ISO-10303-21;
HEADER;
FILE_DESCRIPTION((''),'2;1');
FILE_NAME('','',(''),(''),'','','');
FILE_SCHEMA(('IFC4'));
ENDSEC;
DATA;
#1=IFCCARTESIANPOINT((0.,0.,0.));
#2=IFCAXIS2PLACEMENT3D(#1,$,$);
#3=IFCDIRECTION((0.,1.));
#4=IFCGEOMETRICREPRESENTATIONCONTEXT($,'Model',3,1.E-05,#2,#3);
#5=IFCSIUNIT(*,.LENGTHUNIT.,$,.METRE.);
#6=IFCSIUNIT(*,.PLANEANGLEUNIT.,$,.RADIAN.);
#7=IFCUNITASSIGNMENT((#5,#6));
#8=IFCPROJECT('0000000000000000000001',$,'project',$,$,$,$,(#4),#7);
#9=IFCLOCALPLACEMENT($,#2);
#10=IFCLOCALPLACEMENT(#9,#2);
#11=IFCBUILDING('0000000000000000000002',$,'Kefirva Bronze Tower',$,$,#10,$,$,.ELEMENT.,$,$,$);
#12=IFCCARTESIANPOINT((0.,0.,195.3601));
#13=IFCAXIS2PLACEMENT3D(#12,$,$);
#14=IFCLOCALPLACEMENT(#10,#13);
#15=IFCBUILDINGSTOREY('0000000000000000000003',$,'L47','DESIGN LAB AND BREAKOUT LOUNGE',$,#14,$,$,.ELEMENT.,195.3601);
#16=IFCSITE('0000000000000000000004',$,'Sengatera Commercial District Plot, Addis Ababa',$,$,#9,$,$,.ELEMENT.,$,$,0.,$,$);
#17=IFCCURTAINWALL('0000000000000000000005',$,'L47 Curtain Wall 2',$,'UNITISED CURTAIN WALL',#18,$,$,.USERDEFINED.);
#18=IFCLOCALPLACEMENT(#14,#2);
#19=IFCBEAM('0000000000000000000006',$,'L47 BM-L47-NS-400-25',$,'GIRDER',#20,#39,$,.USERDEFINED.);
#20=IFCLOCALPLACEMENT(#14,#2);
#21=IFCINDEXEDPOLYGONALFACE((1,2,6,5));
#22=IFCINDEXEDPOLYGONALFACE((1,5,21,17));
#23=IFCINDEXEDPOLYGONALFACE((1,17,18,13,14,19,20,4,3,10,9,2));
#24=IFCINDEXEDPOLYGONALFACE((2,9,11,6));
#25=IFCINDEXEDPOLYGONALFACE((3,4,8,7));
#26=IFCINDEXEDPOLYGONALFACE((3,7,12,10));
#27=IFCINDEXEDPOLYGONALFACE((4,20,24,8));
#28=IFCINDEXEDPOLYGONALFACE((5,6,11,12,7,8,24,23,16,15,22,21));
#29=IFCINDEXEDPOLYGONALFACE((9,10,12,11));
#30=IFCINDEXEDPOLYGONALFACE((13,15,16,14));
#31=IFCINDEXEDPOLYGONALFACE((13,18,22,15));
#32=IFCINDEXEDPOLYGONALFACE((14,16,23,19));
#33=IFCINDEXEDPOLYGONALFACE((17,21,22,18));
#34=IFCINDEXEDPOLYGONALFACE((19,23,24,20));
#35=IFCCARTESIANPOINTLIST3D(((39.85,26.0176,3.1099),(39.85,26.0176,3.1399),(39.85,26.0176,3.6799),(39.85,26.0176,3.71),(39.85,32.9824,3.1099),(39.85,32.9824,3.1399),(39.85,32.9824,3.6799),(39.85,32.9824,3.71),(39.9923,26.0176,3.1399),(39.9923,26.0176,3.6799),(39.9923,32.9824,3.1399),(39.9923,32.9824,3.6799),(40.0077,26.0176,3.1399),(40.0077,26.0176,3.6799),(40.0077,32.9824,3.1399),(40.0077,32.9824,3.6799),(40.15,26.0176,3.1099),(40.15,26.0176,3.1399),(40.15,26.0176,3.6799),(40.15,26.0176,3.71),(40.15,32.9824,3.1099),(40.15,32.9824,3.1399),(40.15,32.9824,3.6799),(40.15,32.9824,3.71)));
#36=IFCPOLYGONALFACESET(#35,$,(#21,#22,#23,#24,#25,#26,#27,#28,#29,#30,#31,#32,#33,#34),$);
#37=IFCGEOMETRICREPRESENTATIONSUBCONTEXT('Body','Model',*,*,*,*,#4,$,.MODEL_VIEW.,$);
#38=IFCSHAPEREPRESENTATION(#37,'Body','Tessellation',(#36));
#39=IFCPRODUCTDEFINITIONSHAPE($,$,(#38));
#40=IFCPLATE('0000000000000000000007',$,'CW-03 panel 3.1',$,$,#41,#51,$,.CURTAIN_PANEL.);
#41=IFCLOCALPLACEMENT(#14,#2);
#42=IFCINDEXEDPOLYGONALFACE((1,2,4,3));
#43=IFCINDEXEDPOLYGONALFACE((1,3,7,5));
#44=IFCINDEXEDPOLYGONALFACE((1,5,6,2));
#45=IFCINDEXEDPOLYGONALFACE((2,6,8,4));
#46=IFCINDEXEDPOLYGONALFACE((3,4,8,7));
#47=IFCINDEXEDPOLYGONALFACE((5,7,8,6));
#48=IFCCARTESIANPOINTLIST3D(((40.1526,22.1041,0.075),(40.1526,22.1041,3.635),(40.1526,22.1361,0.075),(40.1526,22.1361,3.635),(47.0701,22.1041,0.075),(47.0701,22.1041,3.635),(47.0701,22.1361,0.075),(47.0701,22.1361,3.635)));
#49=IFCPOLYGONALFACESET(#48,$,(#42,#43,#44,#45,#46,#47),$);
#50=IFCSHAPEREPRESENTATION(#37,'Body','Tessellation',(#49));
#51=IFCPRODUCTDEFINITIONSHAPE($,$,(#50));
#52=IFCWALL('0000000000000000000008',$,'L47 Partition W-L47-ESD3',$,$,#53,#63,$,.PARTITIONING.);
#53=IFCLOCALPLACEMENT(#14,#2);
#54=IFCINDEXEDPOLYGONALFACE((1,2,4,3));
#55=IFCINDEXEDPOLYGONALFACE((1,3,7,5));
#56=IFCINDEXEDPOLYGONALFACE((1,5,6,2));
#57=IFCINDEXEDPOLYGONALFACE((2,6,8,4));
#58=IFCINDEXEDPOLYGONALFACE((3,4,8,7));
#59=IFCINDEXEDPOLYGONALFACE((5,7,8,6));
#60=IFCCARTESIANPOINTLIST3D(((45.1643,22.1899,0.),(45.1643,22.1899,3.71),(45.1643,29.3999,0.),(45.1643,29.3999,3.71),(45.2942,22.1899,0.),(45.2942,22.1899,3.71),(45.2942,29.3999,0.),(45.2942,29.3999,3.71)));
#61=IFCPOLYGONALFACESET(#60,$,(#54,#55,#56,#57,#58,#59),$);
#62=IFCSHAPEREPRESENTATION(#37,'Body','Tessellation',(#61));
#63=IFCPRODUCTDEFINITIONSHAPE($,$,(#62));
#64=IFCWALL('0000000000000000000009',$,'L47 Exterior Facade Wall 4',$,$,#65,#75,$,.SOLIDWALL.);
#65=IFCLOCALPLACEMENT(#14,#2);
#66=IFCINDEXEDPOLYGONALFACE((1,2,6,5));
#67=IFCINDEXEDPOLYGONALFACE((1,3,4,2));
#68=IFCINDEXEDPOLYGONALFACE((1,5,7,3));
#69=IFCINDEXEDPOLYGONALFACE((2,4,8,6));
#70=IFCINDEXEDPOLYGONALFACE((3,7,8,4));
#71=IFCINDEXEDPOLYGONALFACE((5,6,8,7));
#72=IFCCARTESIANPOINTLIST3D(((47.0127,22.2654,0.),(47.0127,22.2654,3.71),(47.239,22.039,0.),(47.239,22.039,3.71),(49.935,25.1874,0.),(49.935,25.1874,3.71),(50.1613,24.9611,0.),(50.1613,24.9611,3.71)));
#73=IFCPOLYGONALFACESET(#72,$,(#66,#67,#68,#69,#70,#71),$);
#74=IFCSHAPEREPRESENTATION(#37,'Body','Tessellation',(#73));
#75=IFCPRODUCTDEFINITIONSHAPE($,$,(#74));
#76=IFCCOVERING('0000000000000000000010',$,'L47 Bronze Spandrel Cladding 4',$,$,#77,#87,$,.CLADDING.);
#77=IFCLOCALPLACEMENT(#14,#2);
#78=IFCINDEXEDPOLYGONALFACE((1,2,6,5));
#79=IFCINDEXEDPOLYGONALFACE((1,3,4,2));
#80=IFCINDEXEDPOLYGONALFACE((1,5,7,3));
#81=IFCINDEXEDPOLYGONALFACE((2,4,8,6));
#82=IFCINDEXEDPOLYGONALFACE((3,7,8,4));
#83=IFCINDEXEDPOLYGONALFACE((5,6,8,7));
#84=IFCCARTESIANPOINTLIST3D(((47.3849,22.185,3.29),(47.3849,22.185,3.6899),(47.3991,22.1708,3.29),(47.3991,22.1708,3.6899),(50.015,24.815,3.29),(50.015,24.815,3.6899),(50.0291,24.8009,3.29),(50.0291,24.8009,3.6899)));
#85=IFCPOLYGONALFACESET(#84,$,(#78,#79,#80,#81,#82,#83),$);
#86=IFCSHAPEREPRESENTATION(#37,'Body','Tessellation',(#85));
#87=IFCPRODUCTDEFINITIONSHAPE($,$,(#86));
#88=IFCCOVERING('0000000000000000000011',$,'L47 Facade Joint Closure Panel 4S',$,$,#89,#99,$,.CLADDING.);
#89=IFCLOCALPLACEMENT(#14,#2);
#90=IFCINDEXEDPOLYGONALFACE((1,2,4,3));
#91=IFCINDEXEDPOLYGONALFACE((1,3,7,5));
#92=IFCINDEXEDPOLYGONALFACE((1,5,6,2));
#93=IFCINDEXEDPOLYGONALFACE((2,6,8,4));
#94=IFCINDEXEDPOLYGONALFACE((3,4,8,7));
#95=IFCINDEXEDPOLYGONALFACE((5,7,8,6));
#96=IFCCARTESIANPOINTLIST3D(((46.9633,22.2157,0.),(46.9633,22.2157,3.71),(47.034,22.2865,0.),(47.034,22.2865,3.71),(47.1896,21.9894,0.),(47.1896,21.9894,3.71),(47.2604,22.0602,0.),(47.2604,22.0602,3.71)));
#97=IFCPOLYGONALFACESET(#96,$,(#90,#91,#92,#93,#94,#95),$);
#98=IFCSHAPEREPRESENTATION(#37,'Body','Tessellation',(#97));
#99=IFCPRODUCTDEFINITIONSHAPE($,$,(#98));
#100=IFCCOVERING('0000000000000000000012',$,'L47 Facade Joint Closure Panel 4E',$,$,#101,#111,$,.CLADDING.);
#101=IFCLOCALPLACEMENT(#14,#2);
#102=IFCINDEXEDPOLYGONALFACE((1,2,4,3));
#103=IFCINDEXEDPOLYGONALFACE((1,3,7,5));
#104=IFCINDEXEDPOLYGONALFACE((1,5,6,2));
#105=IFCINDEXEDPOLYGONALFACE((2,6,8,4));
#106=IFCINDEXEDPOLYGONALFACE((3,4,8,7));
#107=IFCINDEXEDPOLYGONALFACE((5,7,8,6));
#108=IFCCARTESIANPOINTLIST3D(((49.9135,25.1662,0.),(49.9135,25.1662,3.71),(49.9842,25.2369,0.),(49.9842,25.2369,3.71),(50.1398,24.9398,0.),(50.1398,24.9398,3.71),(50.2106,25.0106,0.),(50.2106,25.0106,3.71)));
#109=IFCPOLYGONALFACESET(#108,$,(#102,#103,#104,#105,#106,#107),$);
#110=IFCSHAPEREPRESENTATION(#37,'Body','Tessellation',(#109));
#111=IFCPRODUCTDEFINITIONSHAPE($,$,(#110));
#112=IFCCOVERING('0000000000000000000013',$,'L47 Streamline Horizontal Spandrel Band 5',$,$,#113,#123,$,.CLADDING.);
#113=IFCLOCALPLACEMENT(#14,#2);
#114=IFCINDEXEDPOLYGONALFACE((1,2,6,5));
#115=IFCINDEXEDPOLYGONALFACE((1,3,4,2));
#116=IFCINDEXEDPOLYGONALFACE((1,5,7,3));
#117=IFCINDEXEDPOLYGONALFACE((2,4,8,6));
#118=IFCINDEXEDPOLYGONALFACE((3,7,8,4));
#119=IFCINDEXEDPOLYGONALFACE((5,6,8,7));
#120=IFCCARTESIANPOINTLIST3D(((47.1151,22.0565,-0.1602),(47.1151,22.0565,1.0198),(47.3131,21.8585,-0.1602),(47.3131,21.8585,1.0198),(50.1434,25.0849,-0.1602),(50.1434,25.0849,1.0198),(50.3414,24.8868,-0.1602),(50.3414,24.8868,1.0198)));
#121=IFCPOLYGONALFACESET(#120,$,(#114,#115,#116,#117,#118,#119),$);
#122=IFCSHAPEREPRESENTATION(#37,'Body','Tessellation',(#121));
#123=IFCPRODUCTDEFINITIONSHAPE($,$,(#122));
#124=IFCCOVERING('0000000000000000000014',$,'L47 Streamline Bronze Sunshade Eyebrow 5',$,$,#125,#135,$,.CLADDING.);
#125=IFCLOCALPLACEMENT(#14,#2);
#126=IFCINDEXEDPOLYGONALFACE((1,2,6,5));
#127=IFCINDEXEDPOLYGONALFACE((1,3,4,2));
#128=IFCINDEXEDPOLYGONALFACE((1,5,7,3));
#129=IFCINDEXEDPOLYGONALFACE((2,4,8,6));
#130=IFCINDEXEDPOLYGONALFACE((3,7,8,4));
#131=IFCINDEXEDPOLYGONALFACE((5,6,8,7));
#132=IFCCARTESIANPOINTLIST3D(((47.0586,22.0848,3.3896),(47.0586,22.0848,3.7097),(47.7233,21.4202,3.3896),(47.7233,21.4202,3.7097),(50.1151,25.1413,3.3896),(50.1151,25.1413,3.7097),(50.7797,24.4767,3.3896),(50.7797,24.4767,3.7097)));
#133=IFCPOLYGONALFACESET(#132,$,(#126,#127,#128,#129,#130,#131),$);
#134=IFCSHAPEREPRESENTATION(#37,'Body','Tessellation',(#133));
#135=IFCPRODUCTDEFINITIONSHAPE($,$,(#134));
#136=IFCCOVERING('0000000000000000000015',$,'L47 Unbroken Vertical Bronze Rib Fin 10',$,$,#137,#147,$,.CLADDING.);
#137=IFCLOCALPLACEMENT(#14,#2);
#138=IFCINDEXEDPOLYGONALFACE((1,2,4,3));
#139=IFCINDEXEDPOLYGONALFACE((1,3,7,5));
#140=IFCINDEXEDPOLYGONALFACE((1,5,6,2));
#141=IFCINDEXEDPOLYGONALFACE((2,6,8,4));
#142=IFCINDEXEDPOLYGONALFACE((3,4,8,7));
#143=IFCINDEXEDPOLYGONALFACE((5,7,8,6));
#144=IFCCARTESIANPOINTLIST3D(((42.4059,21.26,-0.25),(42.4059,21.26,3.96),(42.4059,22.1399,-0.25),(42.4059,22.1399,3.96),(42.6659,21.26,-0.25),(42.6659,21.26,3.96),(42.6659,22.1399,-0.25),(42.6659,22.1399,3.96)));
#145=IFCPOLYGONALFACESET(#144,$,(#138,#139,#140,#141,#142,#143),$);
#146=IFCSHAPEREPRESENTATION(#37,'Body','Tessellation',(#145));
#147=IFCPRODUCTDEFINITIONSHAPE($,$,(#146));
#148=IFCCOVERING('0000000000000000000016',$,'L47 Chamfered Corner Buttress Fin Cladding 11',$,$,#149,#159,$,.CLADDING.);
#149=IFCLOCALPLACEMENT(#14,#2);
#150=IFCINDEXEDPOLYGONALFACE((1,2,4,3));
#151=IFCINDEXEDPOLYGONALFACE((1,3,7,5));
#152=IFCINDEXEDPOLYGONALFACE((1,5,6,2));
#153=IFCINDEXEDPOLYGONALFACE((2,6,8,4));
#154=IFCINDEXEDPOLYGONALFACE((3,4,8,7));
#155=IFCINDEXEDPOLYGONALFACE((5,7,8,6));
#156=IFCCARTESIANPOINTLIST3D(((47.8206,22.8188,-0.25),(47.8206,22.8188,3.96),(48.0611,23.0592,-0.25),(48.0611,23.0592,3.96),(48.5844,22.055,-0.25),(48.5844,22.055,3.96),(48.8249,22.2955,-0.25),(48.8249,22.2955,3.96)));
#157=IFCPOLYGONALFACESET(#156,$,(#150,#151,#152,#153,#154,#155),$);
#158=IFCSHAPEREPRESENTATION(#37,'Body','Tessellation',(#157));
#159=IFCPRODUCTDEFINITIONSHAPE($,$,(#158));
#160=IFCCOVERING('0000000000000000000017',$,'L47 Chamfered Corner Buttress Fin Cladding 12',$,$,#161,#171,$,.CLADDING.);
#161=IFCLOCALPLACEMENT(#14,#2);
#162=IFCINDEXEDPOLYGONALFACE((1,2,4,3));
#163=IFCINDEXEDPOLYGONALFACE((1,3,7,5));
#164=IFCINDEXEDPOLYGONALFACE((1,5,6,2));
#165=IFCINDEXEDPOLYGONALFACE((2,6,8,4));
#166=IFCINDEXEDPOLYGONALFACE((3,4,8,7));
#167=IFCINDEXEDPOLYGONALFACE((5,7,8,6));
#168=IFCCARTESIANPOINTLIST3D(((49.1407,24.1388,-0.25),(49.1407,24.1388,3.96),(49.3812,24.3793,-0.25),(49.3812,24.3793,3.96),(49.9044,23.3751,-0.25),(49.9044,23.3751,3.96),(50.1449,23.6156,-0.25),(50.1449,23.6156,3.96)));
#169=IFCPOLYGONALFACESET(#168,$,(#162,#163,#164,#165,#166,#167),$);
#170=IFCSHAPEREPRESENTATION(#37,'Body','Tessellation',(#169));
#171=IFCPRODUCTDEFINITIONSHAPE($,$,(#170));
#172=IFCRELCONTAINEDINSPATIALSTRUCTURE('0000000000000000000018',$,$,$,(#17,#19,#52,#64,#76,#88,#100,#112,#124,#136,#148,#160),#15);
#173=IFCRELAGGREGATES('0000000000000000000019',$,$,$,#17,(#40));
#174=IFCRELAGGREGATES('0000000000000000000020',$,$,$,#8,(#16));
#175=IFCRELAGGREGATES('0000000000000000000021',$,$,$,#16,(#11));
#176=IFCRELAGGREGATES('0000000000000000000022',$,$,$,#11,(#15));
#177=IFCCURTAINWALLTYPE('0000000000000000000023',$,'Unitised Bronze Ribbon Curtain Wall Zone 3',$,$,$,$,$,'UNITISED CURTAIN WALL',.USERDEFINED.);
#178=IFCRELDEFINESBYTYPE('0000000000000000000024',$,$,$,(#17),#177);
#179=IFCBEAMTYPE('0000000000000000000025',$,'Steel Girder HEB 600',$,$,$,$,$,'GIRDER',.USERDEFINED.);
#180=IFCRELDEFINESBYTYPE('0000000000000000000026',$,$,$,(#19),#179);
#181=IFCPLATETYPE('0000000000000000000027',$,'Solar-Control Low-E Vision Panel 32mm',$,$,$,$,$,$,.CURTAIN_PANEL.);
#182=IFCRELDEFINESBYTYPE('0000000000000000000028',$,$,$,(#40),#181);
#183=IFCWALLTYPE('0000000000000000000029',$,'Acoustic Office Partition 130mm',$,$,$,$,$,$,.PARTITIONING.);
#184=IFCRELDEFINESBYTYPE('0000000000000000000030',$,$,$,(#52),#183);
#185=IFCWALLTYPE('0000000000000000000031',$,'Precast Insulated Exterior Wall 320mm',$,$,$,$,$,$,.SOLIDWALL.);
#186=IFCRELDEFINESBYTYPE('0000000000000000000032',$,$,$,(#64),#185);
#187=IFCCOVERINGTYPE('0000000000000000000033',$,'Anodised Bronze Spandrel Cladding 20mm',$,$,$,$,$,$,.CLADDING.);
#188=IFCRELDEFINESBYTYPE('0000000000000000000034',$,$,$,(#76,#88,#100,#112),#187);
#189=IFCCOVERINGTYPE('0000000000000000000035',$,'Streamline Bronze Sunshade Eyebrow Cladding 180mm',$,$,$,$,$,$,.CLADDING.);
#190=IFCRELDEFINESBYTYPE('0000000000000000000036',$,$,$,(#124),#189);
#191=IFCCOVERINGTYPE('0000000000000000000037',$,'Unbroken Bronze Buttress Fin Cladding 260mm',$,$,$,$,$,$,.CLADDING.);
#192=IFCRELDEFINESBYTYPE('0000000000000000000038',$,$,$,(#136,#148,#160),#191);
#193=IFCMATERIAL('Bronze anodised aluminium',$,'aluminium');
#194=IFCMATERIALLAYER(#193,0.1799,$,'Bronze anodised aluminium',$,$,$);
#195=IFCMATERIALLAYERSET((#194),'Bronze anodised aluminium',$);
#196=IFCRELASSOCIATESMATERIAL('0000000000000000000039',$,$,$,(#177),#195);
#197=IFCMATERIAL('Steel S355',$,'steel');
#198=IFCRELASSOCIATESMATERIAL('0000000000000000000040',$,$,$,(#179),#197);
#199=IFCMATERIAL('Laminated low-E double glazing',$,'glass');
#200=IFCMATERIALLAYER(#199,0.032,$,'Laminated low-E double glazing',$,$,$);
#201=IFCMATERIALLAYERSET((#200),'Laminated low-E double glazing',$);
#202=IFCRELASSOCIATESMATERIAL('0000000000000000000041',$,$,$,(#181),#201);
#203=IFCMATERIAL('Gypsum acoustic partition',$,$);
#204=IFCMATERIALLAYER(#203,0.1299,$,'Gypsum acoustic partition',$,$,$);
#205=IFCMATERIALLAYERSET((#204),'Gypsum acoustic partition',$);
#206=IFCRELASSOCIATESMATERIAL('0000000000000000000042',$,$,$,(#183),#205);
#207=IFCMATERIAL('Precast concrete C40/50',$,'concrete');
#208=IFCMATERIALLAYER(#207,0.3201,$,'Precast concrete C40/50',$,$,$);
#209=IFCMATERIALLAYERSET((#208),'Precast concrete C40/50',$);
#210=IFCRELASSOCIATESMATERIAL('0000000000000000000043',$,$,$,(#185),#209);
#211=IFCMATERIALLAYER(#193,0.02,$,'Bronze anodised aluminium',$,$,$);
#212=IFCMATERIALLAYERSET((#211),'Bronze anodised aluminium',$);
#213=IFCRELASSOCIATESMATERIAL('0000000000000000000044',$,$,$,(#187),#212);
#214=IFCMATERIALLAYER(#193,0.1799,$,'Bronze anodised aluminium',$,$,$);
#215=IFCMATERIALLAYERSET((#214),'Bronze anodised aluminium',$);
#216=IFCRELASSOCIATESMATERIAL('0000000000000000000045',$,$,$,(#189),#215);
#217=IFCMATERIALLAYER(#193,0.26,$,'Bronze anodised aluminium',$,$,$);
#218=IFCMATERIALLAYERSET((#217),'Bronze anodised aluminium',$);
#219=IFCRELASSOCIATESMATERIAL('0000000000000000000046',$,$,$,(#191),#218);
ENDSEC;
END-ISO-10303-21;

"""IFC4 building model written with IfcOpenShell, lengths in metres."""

from ifc_helpers import new_model, si_unit, direction, frame, frame_2d, origin, origin_2d, place, context, subcontext, project, spatial, rectangle, i_section, extrude, material, layer, layer_set, material_profile, profile_set, type_object, element, aggregate, save


model = new_model("IFC4")

# Units and contexts
model_context = context("Model", 3, precision=1e-05, world=origin(), true_north=direction((0.0, 1.0)))
body_context = subcontext(model_context, "Body", "Model", "MODEL_VIEW")
ifc_project = project(units=[si_unit("LENGTHUNIT", "METRE"), si_unit("PLANEANGLEUNIT", "RADIAN")], contexts=[model_context])

# Site, building, storey
site_placement = place(None, origin())
site = spatial("IfcSite", under=ifc_project, at=site_placement, Name="Sengatera Commercial District Plot, Addis Ababa", CompositionType="ELEMENT", RefElevation=0.0)
building_placement = place(site_placement, origin())
building = spatial("IfcBuilding", under=site, at=building_placement, Name="Kefirva Bronze Tower", CompositionType="ELEMENT")
storey_placement = place(building_placement, frame((0.0, 0.0, 195.3601)))
storey = spatial("IfcBuildingStorey", under=building, at=storey_placement, Name="L47", Description="DESIGN LAB AND BREAKOUT LOUNGE", CompositionType="ELEMENT", Elevation=195.3601)

# Curtain wall
ifc_material_1 = material(Name="Bronze anodised aluminium", Category="aluminium")
ifc_layer_1 = layer(ifc_material_1, 0.1799, Name="Bronze anodised aluminium")
ifc_layer_set_1 = layer_set([ifc_layer_1], Name="Bronze anodised aluminium")
curtain_wall_type = type_object("IfcCurtainWallType", Name="Unitised Bronze Ribbon Curtain Wall Zone 3", ElementType="UNITISED CURTAIN WALL", PredefinedType="USERDEFINED", material=ifc_layer_set_1)
curtain_wall_1_placement = place(storey_placement, origin())
curtain_wall_1 = element("IfcCurtainWall", 1, at=curtain_wall_1_placement, inside=storey, type_object=curtain_wall_type, Name="L47 Curtain Wall 2", ObjectType="UNITISED CURTAIN WALL", PredefinedType="USERDEFINED")

# Beam
ifc_material_2 = material(Name="Steel S355", Category="steel")
ifc_material_profile_1 = material_profile(ifc_material_2, i_section(OverallWidth=0.3, OverallDepth=0.6001, WebThickness=0.0154, FlangeThickness=0.03, at=origin_2d()), Name="HEB 600")
ifc_profile_set_1 = profile_set([ifc_material_profile_1], Name="Steel S355")
beam_type = type_object("IfcBeamType", Name="Steel Girder HEB 600", ElementType="GIRDER", PredefinedType="USERDEFINED", material=ifc_profile_set_1)
beam_1_placement = place(storey_placement, frame((40.0, 26.0176, 3.4099), z_axis=(0.0, 1.0, 0.0), x_axis=(-1.0, 0.0, 0.0)))
element("IfcBeam", 2, at=beam_1_placement, inside=storey, type_object=beam_type, Name="L47 BM-L47-NS-400-25", ObjectType="GIRDER", PredefinedType="USERDEFINED", context=body_context, shape_type="SweptSolid", body=[
    extrude(i_section(OverallWidth=0.3, OverallDepth=0.6001, WebThickness=0.0154, FlangeThickness=0.03, at=origin_2d()), origin(), (0.0, 0.0, 1.0), 6.9648),
])

# Plate
ifc_material_3 = material(Name="Laminated low-E double glazing", Category="glass")
ifc_layer_2 = layer(ifc_material_3, 0.032, Name="Laminated low-E double glazing")
ifc_layer_set_2 = layer_set([ifc_layer_2], Name="Laminated low-E double glazing")
plate_type = type_object("IfcPlateType", Name="Solar-Control Low-E Vision Panel 32mm", PredefinedType="CURTAIN_PANEL", material=ifc_layer_set_2)
plate_placement = place(storey_placement, frame((43.6113, 22.1201, 0.075), z_axis=(0.0, 0.0, 1.0), x_axis=(1.0, 0.0, 0.0)))
plate = element("IfcPlate", 3, at=plate_placement, type_object=plate_type, Name="CW-03 panel 3.1", PredefinedType="CURTAIN_PANEL", context=body_context, shape_type="SweptSolid", body=[
    extrude(rectangle(XDim=6.9175, YDim=0.032, at=origin_2d()), origin(), (0.0, 0.0, 1.0), 3.5601),
])
aggregate(curtain_wall_1, [plate])

# Walls
ifc_material_4 = material(Name="Gypsum acoustic partition")
ifc_layer_3 = layer(ifc_material_4, 0.1299, Name="Gypsum acoustic partition")
ifc_layer_set_3 = layer_set([ifc_layer_3], Name="Gypsum acoustic partition")
wall_type_1 = type_object("IfcWallType", Name="Acoustic Office Partition 130mm", PredefinedType="PARTITIONING", material=ifc_layer_set_3)
wall_1_placement = place(storey_placement, frame((45.2292, 22.1899, 0.0), z_axis=(0.0, 0.0, 1.0), x_axis=(0.0, 1.0, 0.0)))
element("IfcWall", 4, at=wall_1_placement, inside=storey, type_object=wall_type_1, Name="L47 Partition W-L47-ESD3", PredefinedType="PARTITIONING", context=body_context, shape_type="SweptSolid", body=[
    extrude(rectangle(XDim=7.21, YDim=0.1299, at=frame_2d((3.605, 0.0))), origin(), (0.0, 0.0, 1.0), 3.71),
])
ifc_material_5 = material(Name="Precast concrete C40/50", Category="concrete")
ifc_layer_4 = layer(ifc_material_5, 0.3201, Name="Precast concrete C40/50")
ifc_layer_set_4 = layer_set([ifc_layer_4], Name="Precast concrete C40/50")
wall_type_2 = type_object("IfcWallType", Name="Precast Insulated Exterior Wall 320mm", PredefinedType="SOLIDWALL", material=ifc_layer_set_4)
wall_2_placement = place(storey_placement, frame((47.1257, 22.1521, 0.0), z_axis=(0.0, 0.0, 1.0), x_axis=(0.707136, 0.707077, 0.0)))
element("IfcWall", 5, at=wall_2_placement, inside=storey, type_object=wall_type_2, Name="L47 Exterior Facade Wall 4", PredefinedType="SOLIDWALL", context=body_context, shape_type="SweptSolid", body=[
    extrude(rectangle(XDim=4.1326, YDim=0.3201, at=frame_2d((2.0664, 0.0))), origin(), (0.0, 0.0, 1.0), 3.71),
])

# Coverings
ifc_layer_5 = layer(ifc_material_1, 0.02, Name="Bronze anodised aluminium")
ifc_layer_set_5 = layer_set([ifc_layer_5], Name="Bronze anodised aluminium")
covering_type_1 = type_object("IfcCoveringType", Name="Anodised Bronze Spandrel Cladding 20mm", PredefinedType="CLADDING", material=ifc_layer_set_5)
covering_1_placement = place(storey_placement, frame((48.707, 23.4929, 3.29), z_axis=(0.0, 0.0, 1.0), x_axis=(0.707107, 0.707107, 0.0)))
element("IfcCovering", 6, at=covering_1_placement, inside=storey, type_object=covering_type_1, Name="L47 Bronze Spandrel Cladding 4", PredefinedType="CLADDING", context=body_context, shape_type="SweptSolid", body=[
    extrude(rectangle(XDim=3.7195, YDim=0.02, at=origin_2d()), origin(), (0.0, 0.0, 1.0), 0.3999),
])
for number, where, z_axis, x_axis, name in (
    (7, (47.1118, 22.1379, 0.0), (0.0, 0.0, 1.0), (0.707107, 0.707107, 0.0), "L47 Facade Joint Closure Panel 4S"),
    (8, (50.062, 25.0884, 0.0), (0.0, 0.0, 1.0), (0.707107, 0.707107, 0.0), "L47 Facade Joint Closure Panel 4E"),
):
    element("IfcCovering", number, at=place(storey_placement, frame(where, z_axis=z_axis, x_axis=x_axis)), inside=storey, type_object=covering_type_1, Name=name, PredefinedType="CLADDING", context=body_context, shape_type="SweptSolid", body=[
        extrude(rectangle(XDim=0.1001, YDim=0.3201, at=origin_2d()), origin(), (0.0, 0.0, 1.0), 3.71),
    ])
covering_2_placement = place(storey_placement, frame((48.7283, 23.4717, -0.1602), z_axis=(0.0, 0.0, 1.0), x_axis=(0.707107, 0.707107, 0.0)))
element("IfcCovering", 9, at=covering_2_placement, inside=storey, type_object=covering_type_1, Name="L47 Streamline Horizontal Spandrel Band 5", PredefinedType="CLADDING", context=body_context, shape_type="SweptSolid", body=[
    extrude(rectangle(XDim=4.2827, YDim=0.28, at=origin_2d()), origin(), (0.0, 0.0, 1.0), 1.1799),
])
ifc_layer_6 = layer(ifc_material_1, 0.1799, Name="Bronze anodised aluminium")
ifc_layer_set_6 = layer_set([ifc_layer_6], Name="Bronze anodised aluminium")
covering_type_2 = type_object("IfcCoveringType", Name="Streamline Bronze Sunshade Eyebrow Cladding 180mm", PredefinedType="CLADDING", material=ifc_layer_set_6)
covering_3_placement = place(storey_placement, frame((48.9192, 23.2808, 3.3896), z_axis=(0.0, 0.0, 1.0), x_axis=(0.707107, 0.707107, 0.0)))
element("IfcCovering", 10, at=covering_3_placement, inside=storey, type_object=covering_type_2, Name="L47 Streamline Bronze Sunshade Eyebrow 5", PredefinedType="CLADDING", context=body_context, shape_type="SweptSolid", body=[
    extrude(rectangle(XDim=4.3225, YDim=0.9399, at=origin_2d()), origin(), (0.0, 0.0, 1.0), 0.3201),
])
ifc_layer_7 = layer(ifc_material_1, 0.26, Name="Bronze anodised aluminium")
ifc_layer_set_7 = layer_set([ifc_layer_7], Name="Bronze anodised aluminium")
covering_type_3 = type_object("IfcCoveringType", Name="Unbroken Bronze Buttress Fin Cladding 260mm", PredefinedType="CLADDING", material=ifc_layer_set_7)
covering_4_placement = place(storey_placement, frame((42.5359, 21.7, -0.25), z_axis=(0.0, 0.0, 1.0), x_axis=(1.0, 0.0, 0.0)))
element("IfcCovering", 11, at=covering_4_placement, inside=storey, type_object=covering_type_3, Name="L47 Unbroken Vertical Bronze Rib Fin 10", PredefinedType="CLADDING", context=body_context, shape_type="SweptSolid", body=[
    extrude(rectangle(XDim=0.26, YDim=0.8799, at=origin_2d()), origin(), (0.0, 0.0, 1.0), 4.21),
])
for number, where, z_axis, x_axis, name in (
    (12, (48.3228, 22.5571, -0.25), (0.0, 0.0, 1.0), (0.707107, 0.707107, 0.0), "L47 Chamfered Corner Buttress Fin Cladding 11"),
    (13, (49.6428, 23.8772, -0.25), (0.0, 0.0, 1.0), (0.707107, 0.707107, 0.0), "L47 Chamfered Corner Buttress Fin Cladding 12"),
):
    element("IfcCovering", number, at=place(storey_placement, frame(where, z_axis=z_axis, x_axis=x_axis)), inside=storey, type_object=covering_type_3, Name=name, PredefinedType="CLADDING", context=body_context, shape_type="SweptSolid", body=[
        extrude(rectangle(XDim=0.3401, YDim=1.0801, at=origin_2d()), origin(), (0.0, 0.0, 1.0), 4.21),
    ])

save(model, "model.ifc")
